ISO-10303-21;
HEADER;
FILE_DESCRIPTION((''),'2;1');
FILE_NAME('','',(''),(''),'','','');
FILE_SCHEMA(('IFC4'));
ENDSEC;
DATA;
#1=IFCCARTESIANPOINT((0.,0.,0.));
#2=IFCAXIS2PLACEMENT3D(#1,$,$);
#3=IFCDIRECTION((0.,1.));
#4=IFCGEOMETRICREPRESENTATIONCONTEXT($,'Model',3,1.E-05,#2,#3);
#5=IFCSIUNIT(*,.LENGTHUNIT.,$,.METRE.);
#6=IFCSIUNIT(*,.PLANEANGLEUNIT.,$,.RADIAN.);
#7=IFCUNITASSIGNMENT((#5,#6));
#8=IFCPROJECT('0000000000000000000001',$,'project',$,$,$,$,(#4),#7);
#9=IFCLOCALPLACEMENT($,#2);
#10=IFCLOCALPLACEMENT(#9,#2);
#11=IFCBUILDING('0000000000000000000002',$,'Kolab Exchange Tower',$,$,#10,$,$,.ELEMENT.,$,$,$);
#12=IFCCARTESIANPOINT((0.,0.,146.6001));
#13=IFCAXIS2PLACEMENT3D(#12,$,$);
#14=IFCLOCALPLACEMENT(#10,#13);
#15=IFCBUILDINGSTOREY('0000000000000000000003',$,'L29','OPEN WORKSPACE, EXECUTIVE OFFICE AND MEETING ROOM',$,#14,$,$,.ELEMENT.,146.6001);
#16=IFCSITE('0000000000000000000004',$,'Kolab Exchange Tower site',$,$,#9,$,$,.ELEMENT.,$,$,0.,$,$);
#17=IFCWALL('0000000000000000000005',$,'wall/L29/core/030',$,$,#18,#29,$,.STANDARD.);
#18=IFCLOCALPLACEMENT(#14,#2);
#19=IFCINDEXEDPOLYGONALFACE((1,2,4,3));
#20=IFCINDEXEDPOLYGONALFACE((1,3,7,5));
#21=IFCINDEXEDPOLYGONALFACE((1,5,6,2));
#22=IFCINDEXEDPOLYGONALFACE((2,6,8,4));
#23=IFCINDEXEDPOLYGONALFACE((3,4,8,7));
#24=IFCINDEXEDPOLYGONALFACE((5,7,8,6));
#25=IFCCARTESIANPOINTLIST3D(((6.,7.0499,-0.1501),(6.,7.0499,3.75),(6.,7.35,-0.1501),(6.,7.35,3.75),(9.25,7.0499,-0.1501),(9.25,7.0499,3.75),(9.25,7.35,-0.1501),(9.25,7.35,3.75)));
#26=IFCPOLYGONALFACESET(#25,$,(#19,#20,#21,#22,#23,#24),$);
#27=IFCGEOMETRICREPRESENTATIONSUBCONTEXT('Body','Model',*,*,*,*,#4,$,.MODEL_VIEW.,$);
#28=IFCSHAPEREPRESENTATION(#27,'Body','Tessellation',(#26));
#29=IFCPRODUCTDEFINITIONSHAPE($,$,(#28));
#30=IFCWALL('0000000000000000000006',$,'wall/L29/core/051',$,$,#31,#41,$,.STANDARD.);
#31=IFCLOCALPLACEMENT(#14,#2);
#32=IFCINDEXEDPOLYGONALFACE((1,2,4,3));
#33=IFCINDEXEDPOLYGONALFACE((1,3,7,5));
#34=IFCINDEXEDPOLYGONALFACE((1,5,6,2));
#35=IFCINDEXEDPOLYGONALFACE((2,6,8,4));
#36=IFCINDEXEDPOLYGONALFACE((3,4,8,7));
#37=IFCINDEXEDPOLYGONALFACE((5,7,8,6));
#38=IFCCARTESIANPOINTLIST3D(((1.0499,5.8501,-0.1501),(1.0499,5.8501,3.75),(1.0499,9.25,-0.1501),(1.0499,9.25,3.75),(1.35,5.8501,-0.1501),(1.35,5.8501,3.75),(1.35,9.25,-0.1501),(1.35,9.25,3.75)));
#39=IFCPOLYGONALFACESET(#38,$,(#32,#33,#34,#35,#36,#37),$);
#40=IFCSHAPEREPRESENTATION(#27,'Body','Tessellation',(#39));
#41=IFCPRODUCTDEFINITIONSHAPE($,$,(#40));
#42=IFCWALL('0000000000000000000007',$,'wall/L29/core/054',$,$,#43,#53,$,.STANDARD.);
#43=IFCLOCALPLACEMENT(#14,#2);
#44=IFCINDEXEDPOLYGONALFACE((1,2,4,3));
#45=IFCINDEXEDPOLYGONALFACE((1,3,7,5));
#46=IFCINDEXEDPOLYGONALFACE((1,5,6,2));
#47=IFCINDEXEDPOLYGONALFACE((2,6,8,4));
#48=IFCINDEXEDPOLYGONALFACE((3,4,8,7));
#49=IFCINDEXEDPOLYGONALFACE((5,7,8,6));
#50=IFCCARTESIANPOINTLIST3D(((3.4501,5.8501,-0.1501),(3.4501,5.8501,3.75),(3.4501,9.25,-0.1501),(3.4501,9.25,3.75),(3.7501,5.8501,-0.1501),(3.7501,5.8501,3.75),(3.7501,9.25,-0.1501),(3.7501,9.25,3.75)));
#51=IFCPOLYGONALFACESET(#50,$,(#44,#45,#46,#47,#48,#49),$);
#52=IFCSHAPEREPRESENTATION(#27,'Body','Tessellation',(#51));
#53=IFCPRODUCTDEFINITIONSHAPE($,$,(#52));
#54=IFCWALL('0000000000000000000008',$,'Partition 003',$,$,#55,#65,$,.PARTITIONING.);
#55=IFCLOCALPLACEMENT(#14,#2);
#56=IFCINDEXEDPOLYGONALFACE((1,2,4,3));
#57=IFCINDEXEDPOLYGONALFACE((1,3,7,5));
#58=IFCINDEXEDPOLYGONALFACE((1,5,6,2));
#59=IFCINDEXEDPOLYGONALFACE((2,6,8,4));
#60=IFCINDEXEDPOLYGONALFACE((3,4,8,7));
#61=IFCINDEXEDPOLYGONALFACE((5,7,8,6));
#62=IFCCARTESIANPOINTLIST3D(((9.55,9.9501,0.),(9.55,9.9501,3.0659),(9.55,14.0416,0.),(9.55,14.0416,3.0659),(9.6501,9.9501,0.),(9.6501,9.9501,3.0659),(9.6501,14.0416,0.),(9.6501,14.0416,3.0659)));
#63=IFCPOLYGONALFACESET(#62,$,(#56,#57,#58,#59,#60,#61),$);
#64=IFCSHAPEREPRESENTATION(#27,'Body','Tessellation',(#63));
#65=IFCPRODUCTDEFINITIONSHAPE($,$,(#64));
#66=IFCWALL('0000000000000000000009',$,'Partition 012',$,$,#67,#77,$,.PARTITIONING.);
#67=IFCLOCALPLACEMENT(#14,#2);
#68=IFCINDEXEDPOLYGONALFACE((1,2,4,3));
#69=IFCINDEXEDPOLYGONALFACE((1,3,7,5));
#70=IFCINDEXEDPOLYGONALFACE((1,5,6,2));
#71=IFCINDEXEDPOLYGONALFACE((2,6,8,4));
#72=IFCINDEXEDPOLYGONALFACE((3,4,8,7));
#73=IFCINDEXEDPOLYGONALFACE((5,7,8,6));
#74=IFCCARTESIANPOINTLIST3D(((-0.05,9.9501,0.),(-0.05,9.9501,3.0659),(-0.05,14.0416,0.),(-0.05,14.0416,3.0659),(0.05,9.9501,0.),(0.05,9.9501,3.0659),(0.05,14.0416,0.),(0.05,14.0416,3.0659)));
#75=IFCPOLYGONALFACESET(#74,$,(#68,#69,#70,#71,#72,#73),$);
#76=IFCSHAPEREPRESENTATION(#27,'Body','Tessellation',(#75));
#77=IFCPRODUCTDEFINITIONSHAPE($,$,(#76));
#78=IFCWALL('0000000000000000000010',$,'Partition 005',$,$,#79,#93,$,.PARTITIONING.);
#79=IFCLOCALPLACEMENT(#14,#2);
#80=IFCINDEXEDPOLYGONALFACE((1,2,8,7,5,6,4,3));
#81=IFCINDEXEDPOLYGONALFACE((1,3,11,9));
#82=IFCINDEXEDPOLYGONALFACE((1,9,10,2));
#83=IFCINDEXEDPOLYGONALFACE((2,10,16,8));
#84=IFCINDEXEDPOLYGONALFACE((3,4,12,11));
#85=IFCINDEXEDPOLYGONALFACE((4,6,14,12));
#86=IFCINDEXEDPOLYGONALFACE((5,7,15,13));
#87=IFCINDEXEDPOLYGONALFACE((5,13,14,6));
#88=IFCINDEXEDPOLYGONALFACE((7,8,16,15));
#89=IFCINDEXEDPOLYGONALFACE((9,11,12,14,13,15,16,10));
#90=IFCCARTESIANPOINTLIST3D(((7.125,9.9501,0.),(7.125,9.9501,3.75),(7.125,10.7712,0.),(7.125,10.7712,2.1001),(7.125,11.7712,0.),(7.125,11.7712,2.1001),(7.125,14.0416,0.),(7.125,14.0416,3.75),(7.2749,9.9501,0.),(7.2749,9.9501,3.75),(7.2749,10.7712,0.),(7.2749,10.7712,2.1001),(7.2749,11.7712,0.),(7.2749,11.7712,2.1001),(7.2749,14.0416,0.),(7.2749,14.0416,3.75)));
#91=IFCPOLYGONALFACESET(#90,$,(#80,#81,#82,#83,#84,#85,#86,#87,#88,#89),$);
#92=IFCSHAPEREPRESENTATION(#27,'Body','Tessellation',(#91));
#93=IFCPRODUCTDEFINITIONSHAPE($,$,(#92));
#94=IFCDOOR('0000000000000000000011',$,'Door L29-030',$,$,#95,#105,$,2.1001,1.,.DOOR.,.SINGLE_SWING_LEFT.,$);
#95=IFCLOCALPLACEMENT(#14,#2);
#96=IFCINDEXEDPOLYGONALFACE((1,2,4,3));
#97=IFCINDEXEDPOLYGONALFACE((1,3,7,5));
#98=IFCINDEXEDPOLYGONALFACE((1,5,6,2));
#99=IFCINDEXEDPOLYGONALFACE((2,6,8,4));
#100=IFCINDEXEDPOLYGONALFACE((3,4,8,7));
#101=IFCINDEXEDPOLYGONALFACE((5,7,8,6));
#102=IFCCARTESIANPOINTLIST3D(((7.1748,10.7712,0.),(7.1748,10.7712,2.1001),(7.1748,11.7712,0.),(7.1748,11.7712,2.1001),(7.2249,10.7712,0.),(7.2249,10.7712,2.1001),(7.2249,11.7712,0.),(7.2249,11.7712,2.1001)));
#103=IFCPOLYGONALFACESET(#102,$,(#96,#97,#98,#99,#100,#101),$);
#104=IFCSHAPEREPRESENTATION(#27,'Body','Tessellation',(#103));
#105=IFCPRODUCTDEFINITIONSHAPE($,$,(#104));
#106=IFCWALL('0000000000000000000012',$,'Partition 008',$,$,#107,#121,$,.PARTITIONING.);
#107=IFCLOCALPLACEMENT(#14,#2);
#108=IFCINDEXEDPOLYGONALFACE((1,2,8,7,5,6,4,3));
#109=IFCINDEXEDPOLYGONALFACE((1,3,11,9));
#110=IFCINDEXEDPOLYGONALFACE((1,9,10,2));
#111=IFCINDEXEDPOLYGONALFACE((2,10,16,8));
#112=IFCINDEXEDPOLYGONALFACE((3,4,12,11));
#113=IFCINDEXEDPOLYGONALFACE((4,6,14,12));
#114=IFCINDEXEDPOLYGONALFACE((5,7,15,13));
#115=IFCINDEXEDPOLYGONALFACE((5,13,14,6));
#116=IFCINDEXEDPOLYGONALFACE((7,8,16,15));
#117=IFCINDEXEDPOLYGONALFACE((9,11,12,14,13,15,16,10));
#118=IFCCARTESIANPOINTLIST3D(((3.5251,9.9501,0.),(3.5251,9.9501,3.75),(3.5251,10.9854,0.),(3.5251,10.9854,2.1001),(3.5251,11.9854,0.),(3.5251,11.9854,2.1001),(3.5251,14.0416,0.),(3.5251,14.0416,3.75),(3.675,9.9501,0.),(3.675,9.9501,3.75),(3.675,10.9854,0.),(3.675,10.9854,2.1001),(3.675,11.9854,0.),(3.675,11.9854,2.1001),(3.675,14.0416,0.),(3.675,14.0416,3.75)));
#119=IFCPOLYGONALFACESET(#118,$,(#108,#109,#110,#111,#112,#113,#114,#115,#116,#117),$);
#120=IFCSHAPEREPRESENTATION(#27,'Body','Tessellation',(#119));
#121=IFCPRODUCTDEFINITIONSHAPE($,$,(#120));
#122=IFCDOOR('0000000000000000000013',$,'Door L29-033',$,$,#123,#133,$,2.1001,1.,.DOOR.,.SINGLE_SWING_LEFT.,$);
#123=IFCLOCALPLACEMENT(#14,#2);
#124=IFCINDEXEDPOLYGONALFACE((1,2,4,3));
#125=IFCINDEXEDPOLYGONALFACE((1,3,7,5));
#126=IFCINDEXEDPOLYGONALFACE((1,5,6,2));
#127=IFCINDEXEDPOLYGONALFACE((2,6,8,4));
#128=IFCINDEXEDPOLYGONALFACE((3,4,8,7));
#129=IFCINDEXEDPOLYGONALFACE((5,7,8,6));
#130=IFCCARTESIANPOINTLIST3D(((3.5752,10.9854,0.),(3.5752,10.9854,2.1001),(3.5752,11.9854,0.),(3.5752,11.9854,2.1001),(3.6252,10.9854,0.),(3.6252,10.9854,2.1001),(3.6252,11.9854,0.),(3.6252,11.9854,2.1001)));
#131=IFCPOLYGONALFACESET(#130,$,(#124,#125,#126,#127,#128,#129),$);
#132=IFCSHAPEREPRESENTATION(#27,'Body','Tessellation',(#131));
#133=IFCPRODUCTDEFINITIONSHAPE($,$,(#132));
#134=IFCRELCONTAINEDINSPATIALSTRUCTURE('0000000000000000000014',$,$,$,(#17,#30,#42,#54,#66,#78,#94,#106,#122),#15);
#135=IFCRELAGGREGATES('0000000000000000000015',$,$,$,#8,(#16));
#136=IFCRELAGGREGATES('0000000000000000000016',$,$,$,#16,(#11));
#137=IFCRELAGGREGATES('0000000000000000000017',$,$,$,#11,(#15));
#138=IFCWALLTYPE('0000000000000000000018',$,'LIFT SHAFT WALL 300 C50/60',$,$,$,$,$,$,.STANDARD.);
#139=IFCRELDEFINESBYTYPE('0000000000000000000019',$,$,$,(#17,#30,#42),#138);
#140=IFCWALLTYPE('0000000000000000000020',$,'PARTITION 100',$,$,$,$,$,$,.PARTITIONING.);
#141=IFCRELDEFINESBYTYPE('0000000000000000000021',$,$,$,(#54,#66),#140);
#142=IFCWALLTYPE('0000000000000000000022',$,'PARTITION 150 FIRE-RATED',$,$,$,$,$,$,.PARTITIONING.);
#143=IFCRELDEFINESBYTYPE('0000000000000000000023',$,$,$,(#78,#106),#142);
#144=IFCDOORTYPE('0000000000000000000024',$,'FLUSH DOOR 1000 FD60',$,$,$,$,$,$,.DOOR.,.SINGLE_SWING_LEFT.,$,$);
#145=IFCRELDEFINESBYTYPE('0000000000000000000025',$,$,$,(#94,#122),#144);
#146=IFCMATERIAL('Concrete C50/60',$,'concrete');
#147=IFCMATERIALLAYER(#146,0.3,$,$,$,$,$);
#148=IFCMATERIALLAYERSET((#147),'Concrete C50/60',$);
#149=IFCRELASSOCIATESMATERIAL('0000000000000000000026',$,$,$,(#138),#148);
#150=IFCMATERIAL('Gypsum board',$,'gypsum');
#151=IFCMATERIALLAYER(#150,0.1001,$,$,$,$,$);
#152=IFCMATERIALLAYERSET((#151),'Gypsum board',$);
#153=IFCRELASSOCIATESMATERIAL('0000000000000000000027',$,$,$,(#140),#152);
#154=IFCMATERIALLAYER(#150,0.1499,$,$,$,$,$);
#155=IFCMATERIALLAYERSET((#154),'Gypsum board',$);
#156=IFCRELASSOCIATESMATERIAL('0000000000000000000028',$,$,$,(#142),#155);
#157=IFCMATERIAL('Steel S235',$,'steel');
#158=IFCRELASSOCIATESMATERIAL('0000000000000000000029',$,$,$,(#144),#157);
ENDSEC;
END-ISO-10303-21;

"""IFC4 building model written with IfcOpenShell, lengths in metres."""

from ifc_helpers import new_model, si_unit, direction, frame, frame_2d, origin, place, context, subcontext, project, spatial, rectangle, extrude, material, layer, layer_set, type_object, element, fill, save


model = new_model("IFC4")

# Units and contexts
model_context = context("Model", 3, precision=1e-05, world=origin(), true_north=direction((0.0, 1.0)))
body_context = subcontext(model_context, "Body", "Model", "MODEL_VIEW")
ifc_project = project(units=[si_unit("LENGTHUNIT", "METRE"), si_unit("PLANEANGLEUNIT", "RADIAN")], contexts=[model_context])

# Site, building, storey
site_placement = place(None, origin())
site = spatial("IfcSite", under=ifc_project, at=site_placement, Name="Kolab Exchange Tower site", CompositionType="ELEMENT", RefElevation=0.0)
building_placement = place(site_placement, origin())
building = spatial("IfcBuilding", under=site, at=building_placement, Name="Kolab Exchange Tower", CompositionType="ELEMENT")
storey_placement = place(building_placement, frame((0.0, 0.0, 146.6001)))
storey = spatial("IfcBuildingStorey", under=building, at=storey_placement, Name="L29", Description="OPEN WORKSPACE, EXECUTIVE OFFICE AND MEETING ROOM", CompositionType="ELEMENT", Elevation=146.6001)

# Shared definitions
ifc_material_1 = material(Name="Concrete C50/60", Category="concrete")

# Shared definitions
ifc_layer_1 = layer(ifc_material_1, 0.3)
ifc_layer_set_1 = layer_set([ifc_layer_1], Name="Concrete C50/60")
wall_type_1 = type_object("IfcWallType", Name="LIFT SHAFT WALL 300 C50/60", PredefinedType="STANDARD", material=ifc_layer_set_1)

# Walls
wall_1_placement = place(storey_placement, frame((6.0, 7.2, -0.1501), z_axis=(0.0, 0.0, 1.0), x_axis=(1.0, 0.0, 0.0)))
element("IfcWall", 1, at=wall_1_placement, inside=storey, type_object=wall_type_1, Name="wall/L29/core/030", PredefinedType="STANDARD", context=body_context, shape_type="SweptSolid", body=[
    extrude(rectangle(XDim=3.25, YDim=0.3, at=frame_2d((1.625, 0.0))), origin(), (0.0, 0.0, 1.0), 3.9001),
])
for number, where, z_axis, x_axis, name in (
    (2, (1.2, 5.8501, -0.1501), (0.0, 0.0, 1.0), (0.0, 1.0, 0.0), "wall/L29/core/051"),
    (3, (3.6001, 5.8501, -0.1501), (0.0, 0.0, 1.0), (0.0, 1.0, 0.0), "wall/L29/core/054"),
):
    element("IfcWall", number, at=place(storey_placement, frame(where, z_axis=z_axis, x_axis=x_axis)), inside=storey, type_object=wall_type_1, Name=name, PredefinedType="STANDARD", context=body_context, shape_type="SweptSolid", body=[
        extrude(rectangle(XDim=3.3999, YDim=0.3, at=frame_2d((1.7, 0.0))), origin(), (0.0, 0.0, 1.0), 3.9001),
    ])
ifc_material_2 = material(Name="Gypsum board", Category="gypsum")
ifc_layer_2 = layer(ifc_material_2, 0.1001)
ifc_layer_set_2 = layer_set([ifc_layer_2], Name="Gypsum board")
wall_type_2 = type_object("IfcWallType", Name="PARTITION 100", PredefinedType="PARTITIONING", material=ifc_layer_set_2)
for number, where, z_axis, x_axis, name in (
    (4, (9.6001, 9.95, 0.0), (0.0, 0.0, 1.0), (0.0, 1.0, 0.0), "Partition 003"),
    (5, (0.0, 9.95, 0.0), (0.0, 0.0, 1.0), (0.0, 1.0, 0.0), "Partition 012"),
):
    element("IfcWall", number, at=place(storey_placement, frame(where, z_axis=z_axis, x_axis=x_axis)), inside=storey, type_object=wall_type_2, Name=name, PredefinedType="PARTITIONING", context=body_context, shape_type="SweptSolid", body=[
        extrude(rectangle(XDim=4.0916, YDim=0.1001, at=frame_2d((2.0459, 0.0))), origin(), (0.0, 0.0, 1.0), 3.0659),
    ])

# Walls, openings, doors
ifc_layer_3 = layer(ifc_material_2, 0.1499)
ifc_layer_set_3 = layer_set([ifc_layer_3], Name="Gypsum board")
wall_type_3 = type_object("IfcWallType", Name="PARTITION 150 FIRE-RATED", PredefinedType="PARTITIONING", material=ifc_layer_set_3)
wall_2_placement = place(storey_placement, frame((7.2, 9.95, 0.0), z_axis=(0.0, 0.0, 1.0), x_axis=(0.0, 1.0, 0.0)))
wall_2 = element("IfcWall", 6, at=wall_2_placement, inside=storey, type_object=wall_type_3, Name="Partition 005", PredefinedType="PARTITIONING", context=body_context, shape_type="SweptSolid", body=[
    extrude(rectangle(XDim=4.0916, YDim=0.1499, at=frame_2d((2.0459, 0.0))), origin(), (0.0, 0.0, 1.0), 3.75),
])
opening_1_placement = place(wall_2_placement, frame((0.8213, 0.0, 0.0)))
opening_1 = element("IfcOpeningElement", 7, at=opening_1_placement, cuts=wall_2, PredefinedType="OPENING", context=body_context, shape_type="SweptSolid", body=[
    extrude(rectangle(XDim=1.0, YDim=2.1001, at=frame_2d((0.5, 1.05))), frame((0.0, 0.085, 0.0), z_axis=(0.0, -1.0, 0.0), x_axis=(1.0, 0.0, 0.0)), (0.0, 0.0, 1.0), 0.1699),
])
ifc_material_3 = material(Name="Steel S235", Category="steel")
door_type_1 = type_object("IfcDoorType", Name="FLUSH DOOR 1000 FD60", OperationType="SINGLE_SWING_LEFT", PredefinedType="DOOR", material=ifc_material_3)
door_1_placement = place(opening_1_placement, frame((1.0, 0.0, 0.0), z_axis=(0.0, 0.0, 1.0), x_axis=(-1.0, 0.0, 0.0)))
door_1 = element("IfcDoor", 8, at=door_1_placement, inside=storey, type_object=door_type_1, Name="Door L29-030", OperationType="SINGLE_SWING_LEFT", OverallHeight=2.1001, OverallWidth=1.0, PredefinedType="DOOR", context=body_context, shape_type="SweptSolid", body=[
    extrude(rectangle(XDim=1.0, YDim=2.1001, at=frame_2d((0.5, 1.05))), frame((0.0, 0.0249, 0.0), z_axis=(0.0, -1.0, 0.0), x_axis=(1.0, 0.0, 0.0)), (0.0, 0.0, 1.0), 0.05),
])
fill(opening_1, door_1)
wall_3_placement = place(storey_placement, frame((3.6001, 9.95, 0.0), z_axis=(0.0, 0.0, 1.0), x_axis=(0.0, 1.0, 0.0)))
wall_3 = element("IfcWall", 9, at=wall_3_placement, inside=storey, type_object=wall_type_3, Name="Partition 008", PredefinedType="PARTITIONING", context=body_context, shape_type="SweptSolid", body=[
    extrude(rectangle(XDim=4.0916, YDim=0.1499, at=frame_2d((2.0459, 0.0))), origin(), (0.0, 0.0, 1.0), 3.75),
])
opening_2_placement = place(wall_3_placement, frame((1.0354, 0.0, 0.0)))
opening_2 = element("IfcOpeningElement", 10, at=opening_2_placement, cuts=wall_3, PredefinedType="OPENING", context=body_context, shape_type="SweptSolid", body=[
    extrude(rectangle(XDim=1.0, YDim=2.1001, at=frame_2d((0.5, 1.05))), frame((0.0, 0.085, 0.0), z_axis=(0.0, -1.0, 0.0), x_axis=(1.0, 0.0, 0.0)), (0.0, 0.0, 1.0), 0.1699),
])
door_2_placement = place(opening_2_placement, origin())
door_2 = element("IfcDoor", 11, at=door_2_placement, inside=storey, type_object=door_type_1, Name="Door L29-033", OperationType="SINGLE_SWING_LEFT", OverallHeight=2.1001, OverallWidth=1.0, PredefinedType="DOOR", context=body_context, shape_type="SweptSolid", body=[
    extrude(rectangle(XDim=1.0, YDim=2.1001, at=frame_2d((0.5, 1.05))), frame((0.0, 0.0249, 0.0), z_axis=(0.0, -1.0, 0.0), x_axis=(1.0, 0.0, 0.0)), (0.0, 0.0, 1.0), 0.05),
])
fill(opening_2, door_2)

save(model, "model.ifc")
